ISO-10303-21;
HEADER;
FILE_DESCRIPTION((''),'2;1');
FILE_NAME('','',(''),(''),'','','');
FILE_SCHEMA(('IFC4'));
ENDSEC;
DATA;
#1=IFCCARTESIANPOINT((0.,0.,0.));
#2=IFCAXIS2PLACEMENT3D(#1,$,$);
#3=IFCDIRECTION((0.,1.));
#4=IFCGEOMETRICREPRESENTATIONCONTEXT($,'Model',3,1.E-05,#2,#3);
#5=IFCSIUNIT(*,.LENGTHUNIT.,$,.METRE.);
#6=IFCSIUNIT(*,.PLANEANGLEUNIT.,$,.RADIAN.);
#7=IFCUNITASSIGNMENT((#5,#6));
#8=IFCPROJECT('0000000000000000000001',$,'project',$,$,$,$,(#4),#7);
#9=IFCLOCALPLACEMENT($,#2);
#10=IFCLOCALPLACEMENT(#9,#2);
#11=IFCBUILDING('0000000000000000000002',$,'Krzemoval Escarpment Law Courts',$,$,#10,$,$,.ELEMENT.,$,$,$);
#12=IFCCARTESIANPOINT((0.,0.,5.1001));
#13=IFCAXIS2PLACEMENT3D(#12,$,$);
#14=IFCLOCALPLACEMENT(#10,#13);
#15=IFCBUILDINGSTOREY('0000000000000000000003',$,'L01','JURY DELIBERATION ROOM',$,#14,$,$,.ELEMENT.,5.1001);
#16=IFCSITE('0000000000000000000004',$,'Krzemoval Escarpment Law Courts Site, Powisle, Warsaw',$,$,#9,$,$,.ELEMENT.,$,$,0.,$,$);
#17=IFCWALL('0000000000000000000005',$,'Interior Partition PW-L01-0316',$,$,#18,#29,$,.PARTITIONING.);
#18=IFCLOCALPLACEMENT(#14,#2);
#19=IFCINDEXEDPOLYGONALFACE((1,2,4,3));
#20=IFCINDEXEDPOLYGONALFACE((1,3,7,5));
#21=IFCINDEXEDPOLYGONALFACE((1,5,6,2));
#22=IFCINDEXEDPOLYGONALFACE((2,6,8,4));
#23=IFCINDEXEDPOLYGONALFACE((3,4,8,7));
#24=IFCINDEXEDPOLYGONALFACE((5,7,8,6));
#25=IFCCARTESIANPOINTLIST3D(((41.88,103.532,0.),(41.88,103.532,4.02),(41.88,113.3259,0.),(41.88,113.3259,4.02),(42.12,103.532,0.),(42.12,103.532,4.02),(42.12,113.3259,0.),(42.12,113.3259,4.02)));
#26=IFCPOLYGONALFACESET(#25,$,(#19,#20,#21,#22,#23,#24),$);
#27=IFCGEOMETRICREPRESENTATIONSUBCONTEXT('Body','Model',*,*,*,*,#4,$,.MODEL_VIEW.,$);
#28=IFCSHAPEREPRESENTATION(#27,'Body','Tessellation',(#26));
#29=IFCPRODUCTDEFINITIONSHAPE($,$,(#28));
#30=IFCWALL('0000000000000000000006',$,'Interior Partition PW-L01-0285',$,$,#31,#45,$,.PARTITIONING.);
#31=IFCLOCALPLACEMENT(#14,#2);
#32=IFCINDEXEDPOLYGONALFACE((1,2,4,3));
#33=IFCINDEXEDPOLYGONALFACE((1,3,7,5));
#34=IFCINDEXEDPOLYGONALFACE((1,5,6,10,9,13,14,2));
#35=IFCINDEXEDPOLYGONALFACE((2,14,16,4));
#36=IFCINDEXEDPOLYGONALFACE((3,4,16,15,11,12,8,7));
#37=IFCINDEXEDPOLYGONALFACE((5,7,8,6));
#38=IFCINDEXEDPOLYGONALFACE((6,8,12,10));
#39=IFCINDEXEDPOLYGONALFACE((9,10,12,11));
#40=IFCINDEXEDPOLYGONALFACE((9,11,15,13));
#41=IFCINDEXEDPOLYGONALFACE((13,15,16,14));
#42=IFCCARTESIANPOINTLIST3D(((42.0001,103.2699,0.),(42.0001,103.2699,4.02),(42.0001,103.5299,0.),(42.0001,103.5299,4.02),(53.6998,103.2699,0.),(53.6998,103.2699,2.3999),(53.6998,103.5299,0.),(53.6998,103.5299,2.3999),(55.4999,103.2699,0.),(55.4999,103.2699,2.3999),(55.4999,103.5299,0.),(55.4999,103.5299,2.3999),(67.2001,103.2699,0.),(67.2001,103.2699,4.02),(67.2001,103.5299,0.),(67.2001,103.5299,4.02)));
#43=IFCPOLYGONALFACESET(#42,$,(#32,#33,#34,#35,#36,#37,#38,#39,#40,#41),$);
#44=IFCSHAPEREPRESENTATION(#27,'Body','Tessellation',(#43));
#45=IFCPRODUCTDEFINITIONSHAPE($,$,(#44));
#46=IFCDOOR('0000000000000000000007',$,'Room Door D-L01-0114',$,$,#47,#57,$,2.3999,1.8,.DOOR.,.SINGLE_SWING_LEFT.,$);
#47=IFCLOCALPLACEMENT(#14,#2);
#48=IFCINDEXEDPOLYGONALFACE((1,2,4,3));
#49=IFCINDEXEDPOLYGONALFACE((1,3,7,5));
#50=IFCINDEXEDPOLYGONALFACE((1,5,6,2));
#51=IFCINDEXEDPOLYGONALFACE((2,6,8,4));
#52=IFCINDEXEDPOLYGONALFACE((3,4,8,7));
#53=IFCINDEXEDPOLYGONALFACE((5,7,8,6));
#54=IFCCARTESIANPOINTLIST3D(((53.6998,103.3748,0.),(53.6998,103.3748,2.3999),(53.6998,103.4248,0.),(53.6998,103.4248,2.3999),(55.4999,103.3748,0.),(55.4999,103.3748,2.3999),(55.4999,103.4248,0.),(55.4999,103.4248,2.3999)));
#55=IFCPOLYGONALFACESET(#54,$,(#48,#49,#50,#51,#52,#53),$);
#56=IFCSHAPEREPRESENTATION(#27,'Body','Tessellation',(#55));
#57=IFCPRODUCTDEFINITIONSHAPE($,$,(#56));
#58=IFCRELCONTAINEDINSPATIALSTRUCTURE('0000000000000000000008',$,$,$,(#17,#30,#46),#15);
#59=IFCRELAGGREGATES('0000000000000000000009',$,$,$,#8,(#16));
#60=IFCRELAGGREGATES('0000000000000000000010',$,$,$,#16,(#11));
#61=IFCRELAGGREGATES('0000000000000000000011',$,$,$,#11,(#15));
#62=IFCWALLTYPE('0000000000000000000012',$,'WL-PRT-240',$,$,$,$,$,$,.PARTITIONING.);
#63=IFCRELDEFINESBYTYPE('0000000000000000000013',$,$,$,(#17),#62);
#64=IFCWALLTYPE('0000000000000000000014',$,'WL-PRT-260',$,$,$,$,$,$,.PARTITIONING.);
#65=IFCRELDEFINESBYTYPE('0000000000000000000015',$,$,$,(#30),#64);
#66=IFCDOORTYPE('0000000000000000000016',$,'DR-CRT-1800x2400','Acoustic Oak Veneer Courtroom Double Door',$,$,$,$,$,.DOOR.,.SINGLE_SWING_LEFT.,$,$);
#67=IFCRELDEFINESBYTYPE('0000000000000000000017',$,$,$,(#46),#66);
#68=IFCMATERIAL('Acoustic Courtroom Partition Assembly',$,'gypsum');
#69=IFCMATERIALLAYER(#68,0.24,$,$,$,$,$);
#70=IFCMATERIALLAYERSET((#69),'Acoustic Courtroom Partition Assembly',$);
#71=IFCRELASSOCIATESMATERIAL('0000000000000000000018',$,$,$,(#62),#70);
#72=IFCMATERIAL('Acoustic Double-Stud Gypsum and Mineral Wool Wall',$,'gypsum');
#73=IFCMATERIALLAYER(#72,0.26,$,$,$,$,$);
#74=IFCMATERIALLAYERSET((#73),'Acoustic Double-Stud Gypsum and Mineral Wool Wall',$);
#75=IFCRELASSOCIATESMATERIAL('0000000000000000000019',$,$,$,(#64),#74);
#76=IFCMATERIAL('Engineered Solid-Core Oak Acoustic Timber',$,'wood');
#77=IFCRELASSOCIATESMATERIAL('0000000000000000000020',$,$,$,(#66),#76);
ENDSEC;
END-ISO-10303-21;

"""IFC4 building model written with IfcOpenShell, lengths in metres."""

from ifc_helpers import new_model, si_unit, direction, frame, frame_2d, origin, place, context, subcontext, project, spatial, rectangle, extrude, material, layer, layer_set, type_object, element, fill, save


model = new_model("IFC4")

# Units and contexts
model_context = context("Model", 3, precision=1e-05, world=origin(), true_north=direction((0.0, 1.0)))
body_context = subcontext(model_context, "Body", "Model", "MODEL_VIEW")
ifc_project = project(units=[si_unit("LENGTHUNIT", "METRE"), si_unit("PLANEANGLEUNIT", "RADIAN")], contexts=[model_context])

# Site, building, storey
site_placement = place(None, origin())
site = spatial("IfcSite", under=ifc_project, at=site_placement, Name="Krzemoval Escarpment Law Courts Site, Powisle, Warsaw", CompositionType="ELEMENT", RefElevation=0.0)
building_placement = place(site_placement, origin())
building = spatial("IfcBuilding", under=site, at=building_placement, Name="Krzemoval Escarpment Law Courts", CompositionType="ELEMENT")
storey_placement = place(building_placement, frame((0.0, 0.0, 5.1001)))
storey = spatial("IfcBuildingStorey", under=building, at=storey_placement, Name="L01", Description="JURY DELIBERATION ROOM", CompositionType="ELEMENT", Elevation=5.1001)

# Wall
ifc_material_1 = material(Name="Acoustic Courtroom Partition Assembly", Category="gypsum")
ifc_layer_1 = layer(ifc_material_1, 0.24)
ifc_layer_set_1 = layer_set([ifc_layer_1], Name="Acoustic Courtroom Partition Assembly")
wall_type_1 = type_object("IfcWallType", Name="WL-PRT-240", PredefinedType="PARTITIONING", material=ifc_layer_set_1)
wall_1_placement = place(storey_placement, frame((42.0, 103.532, 0.0), z_axis=(0.0, 0.0, 1.0), x_axis=(0.0, 1.0, 0.0)))
element("IfcWall", 1, at=wall_1_placement, inside=storey, type_object=wall_type_1, Name="Interior Partition PW-L01-0316", PredefinedType="PARTITIONING", context=body_context, shape_type="SweptSolid", body=[
    extrude(rectangle(XDim=9.7939, YDim=0.24, at=frame_2d((4.897, 0.0))), origin(), (0.0, 0.0, 1.0), 4.02),
])

# Wall, opening, door
ifc_material_2 = material(Name="Acoustic Double-Stud Gypsum and Mineral Wool Wall", Category="gypsum")
ifc_layer_2 = layer(ifc_material_2, 0.26)
ifc_layer_set_2 = layer_set([ifc_layer_2], Name="Acoustic Double-Stud Gypsum and Mineral Wool Wall")
wall_type_2 = type_object("IfcWallType", Name="WL-PRT-260", PredefinedType="PARTITIONING", material=ifc_layer_set_2)
wall_2_placement = place(storey_placement, frame((42.0, 103.3999, 0.0), z_axis=(0.0, 0.0, 1.0), x_axis=(1.0, 0.0, 0.0)))
wall_2 = element("IfcWall", 2, at=wall_2_placement, inside=storey, type_object=wall_type_2, Name="Interior Partition PW-L01-0285", PredefinedType="PARTITIONING", context=body_context, shape_type="SweptSolid", body=[
    extrude(rectangle(XDim=25.2, YDim=0.26, at=frame_2d((12.6001, 0.0))), origin(), (0.0, 0.0, 1.0), 4.02),
])
opening_placement = place(wall_2_placement, frame((11.7, 0.0, 0.0)))
opening = element("IfcOpeningElement", 3, at=opening_placement, cuts=wall_2, PredefinedType="OPENING", context=body_context, shape_type="SweptSolid", body=[
    extrude(rectangle(XDim=1.8, YDim=2.3999, at=frame_2d((0.8999, 1.2))), frame((0.0, 0.145, 0.0), z_axis=(0.0, -1.0, 0.0), x_axis=(1.0, 0.0, 0.0)), (0.0, 0.0, 1.0), 0.29),
])
ifc_material_3 = material(Name="Engineered Solid-Core Oak Acoustic Timber", Category="wood")
door_type = type_object("IfcDoorType", Name="DR-CRT-1800x2400", Description="Acoustic Oak Veneer Courtroom Double Door", OperationType="SINGLE_SWING_LEFT", PredefinedType="DOOR", material=ifc_material_3)
door_placement = place(opening_placement, origin())
door = element("IfcDoor", 4, at=door_placement, inside=storey, type_object=door_type, Name="Room Door D-L01-0114", OperationType="SINGLE_SWING_LEFT", OverallHeight=2.3999, OverallWidth=1.8, PredefinedType="DOOR", context=body_context, shape_type="SweptSolid", body=[
    extrude(rectangle(XDim=1.8, YDim=2.3999, at=frame_2d((0.8999, 1.2))), frame((0.0, 0.0249, 0.0), z_axis=(0.0, -1.0, 0.0), x_axis=(1.0, 0.0, 0.0)), (0.0, 0.0, 1.0), 0.05),
])
fill(opening, door)

save(model, "model.ifc")
